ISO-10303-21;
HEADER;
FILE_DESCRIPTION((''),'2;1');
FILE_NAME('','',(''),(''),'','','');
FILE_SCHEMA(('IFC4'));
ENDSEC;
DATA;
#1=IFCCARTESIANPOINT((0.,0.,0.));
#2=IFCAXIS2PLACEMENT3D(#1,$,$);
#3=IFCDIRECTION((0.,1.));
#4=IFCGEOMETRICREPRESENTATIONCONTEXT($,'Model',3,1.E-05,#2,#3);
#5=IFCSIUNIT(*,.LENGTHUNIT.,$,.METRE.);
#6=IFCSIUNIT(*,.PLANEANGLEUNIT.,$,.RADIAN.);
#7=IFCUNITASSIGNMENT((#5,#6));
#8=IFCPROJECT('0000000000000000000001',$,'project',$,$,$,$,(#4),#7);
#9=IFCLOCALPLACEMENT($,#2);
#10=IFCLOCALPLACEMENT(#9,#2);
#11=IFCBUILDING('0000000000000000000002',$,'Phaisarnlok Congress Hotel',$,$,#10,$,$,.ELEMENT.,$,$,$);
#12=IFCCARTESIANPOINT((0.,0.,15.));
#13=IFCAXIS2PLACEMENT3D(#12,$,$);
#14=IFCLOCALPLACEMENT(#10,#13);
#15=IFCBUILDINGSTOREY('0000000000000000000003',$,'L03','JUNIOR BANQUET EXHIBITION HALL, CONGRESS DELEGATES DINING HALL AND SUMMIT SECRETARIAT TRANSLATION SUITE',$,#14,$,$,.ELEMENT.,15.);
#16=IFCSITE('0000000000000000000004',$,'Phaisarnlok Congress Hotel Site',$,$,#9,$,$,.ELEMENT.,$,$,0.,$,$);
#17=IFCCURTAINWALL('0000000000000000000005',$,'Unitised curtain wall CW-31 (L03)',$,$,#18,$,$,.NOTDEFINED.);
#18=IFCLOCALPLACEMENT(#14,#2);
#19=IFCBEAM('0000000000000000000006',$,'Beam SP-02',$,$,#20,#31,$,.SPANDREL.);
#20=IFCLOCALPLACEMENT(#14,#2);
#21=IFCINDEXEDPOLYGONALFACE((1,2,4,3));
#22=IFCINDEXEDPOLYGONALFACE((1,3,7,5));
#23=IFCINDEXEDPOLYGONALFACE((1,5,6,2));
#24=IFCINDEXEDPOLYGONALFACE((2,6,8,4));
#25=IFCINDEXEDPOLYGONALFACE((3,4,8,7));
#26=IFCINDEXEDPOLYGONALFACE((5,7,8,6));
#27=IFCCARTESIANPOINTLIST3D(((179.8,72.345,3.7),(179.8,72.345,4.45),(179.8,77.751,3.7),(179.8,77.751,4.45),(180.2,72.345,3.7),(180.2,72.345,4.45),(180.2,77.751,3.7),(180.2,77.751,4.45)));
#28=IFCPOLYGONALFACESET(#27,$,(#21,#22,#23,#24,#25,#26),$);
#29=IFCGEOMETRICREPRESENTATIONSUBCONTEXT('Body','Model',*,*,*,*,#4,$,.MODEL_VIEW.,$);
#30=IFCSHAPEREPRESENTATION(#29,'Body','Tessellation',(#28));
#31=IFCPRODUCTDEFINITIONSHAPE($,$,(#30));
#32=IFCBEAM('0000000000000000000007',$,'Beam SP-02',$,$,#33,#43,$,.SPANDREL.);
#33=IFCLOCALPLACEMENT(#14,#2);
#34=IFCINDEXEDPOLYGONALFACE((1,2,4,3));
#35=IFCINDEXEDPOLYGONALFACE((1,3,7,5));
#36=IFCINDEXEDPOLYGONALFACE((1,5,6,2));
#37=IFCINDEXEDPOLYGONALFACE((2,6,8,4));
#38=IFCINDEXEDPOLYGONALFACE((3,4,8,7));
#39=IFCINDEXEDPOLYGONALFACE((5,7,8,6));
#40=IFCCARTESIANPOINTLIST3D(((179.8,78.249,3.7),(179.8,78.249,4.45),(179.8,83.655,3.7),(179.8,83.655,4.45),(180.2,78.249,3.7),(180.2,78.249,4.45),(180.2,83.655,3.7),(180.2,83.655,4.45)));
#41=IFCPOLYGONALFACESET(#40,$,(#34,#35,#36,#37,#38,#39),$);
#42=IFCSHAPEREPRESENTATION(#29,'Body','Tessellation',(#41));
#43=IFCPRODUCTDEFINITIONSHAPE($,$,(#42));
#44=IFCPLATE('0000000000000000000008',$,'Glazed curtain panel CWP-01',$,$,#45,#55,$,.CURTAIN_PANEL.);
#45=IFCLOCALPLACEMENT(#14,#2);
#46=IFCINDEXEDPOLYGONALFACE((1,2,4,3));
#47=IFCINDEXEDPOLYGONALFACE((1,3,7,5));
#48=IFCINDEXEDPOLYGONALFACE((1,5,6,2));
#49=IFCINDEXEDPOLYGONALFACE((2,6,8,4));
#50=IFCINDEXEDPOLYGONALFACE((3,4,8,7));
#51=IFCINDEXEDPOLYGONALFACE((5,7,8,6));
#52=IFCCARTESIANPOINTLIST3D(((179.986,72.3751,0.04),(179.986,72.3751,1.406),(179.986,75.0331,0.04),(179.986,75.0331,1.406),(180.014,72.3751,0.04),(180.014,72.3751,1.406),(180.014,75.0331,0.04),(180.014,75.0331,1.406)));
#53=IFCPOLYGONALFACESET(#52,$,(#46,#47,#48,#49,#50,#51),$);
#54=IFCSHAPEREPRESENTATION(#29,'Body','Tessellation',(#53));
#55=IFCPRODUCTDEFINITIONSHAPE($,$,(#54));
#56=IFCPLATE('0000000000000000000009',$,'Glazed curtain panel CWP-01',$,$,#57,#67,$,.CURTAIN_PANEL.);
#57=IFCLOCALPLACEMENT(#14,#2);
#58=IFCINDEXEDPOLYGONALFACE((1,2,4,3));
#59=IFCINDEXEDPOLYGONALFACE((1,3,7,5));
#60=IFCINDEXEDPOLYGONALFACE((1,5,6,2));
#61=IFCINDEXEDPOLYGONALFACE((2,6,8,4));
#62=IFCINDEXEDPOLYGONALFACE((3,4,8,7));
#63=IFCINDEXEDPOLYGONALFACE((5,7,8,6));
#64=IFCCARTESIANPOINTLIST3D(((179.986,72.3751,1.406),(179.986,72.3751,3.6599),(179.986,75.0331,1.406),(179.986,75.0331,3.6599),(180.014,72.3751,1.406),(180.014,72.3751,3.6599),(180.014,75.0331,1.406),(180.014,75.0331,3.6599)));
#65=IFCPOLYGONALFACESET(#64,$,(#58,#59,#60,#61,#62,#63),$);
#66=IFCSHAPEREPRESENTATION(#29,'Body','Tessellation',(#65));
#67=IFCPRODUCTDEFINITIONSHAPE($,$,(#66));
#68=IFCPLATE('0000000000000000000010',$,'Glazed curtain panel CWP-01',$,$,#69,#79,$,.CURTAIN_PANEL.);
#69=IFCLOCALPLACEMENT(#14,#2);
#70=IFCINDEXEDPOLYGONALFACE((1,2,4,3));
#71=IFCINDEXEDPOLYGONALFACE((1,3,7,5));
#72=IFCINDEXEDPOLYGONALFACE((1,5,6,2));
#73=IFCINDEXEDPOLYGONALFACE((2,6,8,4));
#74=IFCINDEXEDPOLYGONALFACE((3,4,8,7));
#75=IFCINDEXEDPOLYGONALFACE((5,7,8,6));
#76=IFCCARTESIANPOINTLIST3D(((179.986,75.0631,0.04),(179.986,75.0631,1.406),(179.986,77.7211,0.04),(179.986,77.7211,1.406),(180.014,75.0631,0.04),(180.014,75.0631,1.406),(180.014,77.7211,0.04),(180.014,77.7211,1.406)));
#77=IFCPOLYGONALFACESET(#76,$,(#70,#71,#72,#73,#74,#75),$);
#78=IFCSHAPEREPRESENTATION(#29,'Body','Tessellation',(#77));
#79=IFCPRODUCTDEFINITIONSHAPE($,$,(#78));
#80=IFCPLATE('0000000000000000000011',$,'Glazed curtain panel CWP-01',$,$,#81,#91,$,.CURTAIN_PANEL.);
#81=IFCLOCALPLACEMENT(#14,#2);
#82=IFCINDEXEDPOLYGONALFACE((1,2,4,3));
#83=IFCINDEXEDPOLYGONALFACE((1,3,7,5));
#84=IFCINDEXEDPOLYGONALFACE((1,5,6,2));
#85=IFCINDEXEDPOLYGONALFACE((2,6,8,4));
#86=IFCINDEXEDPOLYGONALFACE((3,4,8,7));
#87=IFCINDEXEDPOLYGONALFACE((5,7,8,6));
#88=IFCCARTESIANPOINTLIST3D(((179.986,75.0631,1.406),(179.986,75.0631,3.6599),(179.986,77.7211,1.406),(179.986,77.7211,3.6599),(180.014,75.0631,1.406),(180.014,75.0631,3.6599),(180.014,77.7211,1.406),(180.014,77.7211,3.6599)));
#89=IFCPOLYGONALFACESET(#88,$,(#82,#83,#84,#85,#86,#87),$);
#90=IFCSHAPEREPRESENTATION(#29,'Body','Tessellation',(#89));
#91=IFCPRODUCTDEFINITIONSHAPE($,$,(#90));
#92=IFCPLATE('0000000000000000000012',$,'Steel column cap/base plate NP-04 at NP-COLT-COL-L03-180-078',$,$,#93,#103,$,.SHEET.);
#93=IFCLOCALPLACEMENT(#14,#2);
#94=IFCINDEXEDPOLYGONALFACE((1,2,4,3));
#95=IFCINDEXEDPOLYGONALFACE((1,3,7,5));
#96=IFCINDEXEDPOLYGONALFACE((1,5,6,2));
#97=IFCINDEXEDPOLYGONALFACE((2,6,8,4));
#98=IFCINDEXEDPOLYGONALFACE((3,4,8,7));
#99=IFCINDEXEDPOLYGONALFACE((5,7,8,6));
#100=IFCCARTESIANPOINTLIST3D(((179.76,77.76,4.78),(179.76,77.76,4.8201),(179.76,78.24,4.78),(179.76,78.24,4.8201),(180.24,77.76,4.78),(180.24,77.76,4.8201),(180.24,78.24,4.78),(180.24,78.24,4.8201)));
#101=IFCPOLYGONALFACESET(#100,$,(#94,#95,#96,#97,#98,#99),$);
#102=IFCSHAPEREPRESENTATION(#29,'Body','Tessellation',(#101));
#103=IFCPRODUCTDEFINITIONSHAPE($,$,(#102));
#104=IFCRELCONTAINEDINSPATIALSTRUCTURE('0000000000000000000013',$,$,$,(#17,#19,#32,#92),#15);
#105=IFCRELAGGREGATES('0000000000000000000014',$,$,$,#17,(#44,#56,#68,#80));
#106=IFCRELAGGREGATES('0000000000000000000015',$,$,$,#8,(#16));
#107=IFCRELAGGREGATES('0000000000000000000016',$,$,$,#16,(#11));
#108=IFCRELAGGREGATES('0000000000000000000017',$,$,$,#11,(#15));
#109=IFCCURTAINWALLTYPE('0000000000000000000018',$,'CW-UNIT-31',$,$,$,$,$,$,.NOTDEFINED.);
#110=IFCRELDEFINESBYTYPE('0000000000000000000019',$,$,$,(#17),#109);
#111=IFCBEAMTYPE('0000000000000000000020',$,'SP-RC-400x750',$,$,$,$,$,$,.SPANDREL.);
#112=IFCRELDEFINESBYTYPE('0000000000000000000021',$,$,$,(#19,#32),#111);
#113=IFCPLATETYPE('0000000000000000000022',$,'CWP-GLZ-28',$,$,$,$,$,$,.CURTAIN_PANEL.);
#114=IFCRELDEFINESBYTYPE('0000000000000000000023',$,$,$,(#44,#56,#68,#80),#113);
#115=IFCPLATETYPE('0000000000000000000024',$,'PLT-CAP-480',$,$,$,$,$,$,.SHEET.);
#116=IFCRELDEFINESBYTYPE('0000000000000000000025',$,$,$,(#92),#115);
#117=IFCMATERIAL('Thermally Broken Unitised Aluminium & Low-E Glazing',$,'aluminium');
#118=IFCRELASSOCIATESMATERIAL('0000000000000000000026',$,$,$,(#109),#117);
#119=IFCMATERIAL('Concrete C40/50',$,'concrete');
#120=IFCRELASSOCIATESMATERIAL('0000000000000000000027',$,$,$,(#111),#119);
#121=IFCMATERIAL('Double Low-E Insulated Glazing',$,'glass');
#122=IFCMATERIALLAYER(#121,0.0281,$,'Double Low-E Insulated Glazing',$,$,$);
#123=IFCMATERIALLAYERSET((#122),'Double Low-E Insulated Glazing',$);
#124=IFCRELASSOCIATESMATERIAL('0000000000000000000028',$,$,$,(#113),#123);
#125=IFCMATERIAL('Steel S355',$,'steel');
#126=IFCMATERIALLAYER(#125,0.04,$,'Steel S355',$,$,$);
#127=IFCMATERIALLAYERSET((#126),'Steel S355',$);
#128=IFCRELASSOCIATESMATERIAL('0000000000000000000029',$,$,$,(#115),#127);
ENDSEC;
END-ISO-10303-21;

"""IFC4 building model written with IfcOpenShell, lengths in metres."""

from ifc_helpers import new_model, si_unit, direction, frame, frame_2d, origin, origin_2d, place, context, subcontext, project, spatial, rectangle, extrude, material, layer, layer_set, material_profile, profile_set, type_object, element, aggregate, save


model = new_model("IFC4")

# Units and contexts
model_context = context("Model", 3, precision=1e-05, world=origin(), true_north=direction((0.0, 1.0)))
body_context = subcontext(model_context, "Body", "Model", "MODEL_VIEW")
ifc_project = project(units=[si_unit("LENGTHUNIT", "METRE"), si_unit("PLANEANGLEUNIT", "RADIAN")], contexts=[model_context])

# Site, building, storey
site_placement = place(None, origin())
site = spatial("IfcSite", under=ifc_project, at=site_placement, Name="Phaisarnlok Congress Hotel Site", CompositionType="ELEMENT", RefElevation=0.0)
building_placement = place(site_placement, origin())
building = spatial("IfcBuilding", under=site, at=building_placement, Name="Phaisarnlok Congress Hotel", CompositionType="ELEMENT")
storey_placement = place(building_placement, frame((0.0, 0.0, 15.0)))
storey = spatial("IfcBuildingStorey", under=building, at=storey_placement, Name="L03", Description="JUNIOR BANQUET EXHIBITION HALL, CONGRESS DELEGATES DINING HALL AND SUMMIT SECRETARIAT TRANSLATION SUITE", CompositionType="ELEMENT", Elevation=15.0)

# Shared definitions
ifc_material_1 = material(Name="Steel S355", Category="steel")

# Shared definitions
ifc_material_2 = material(Name="Concrete C40/50", Category="concrete")

# Curtain wall
ifc_material_3 = material(Name="Thermally Broken Unitised Aluminium & Low-E Glazing", Category="aluminium")
curtain_wall_type = type_object("IfcCurtainWallType", Name="CW-UNIT-31", PredefinedType="NOTDEFINED", material=ifc_material_3)
curtain_wall_placement = place(storey_placement, origin())
curtain_wall = element("IfcCurtainWall", 1, at=curtain_wall_placement, inside=storey, type_object=curtain_wall_type, Name="Unitised curtain wall CW-31 (L03)", PredefinedType="NOTDEFINED")

# Beams
ifc_material_profile_1 = material_profile(ifc_material_2, rectangle(XDim=0.3999, YDim=0.75, at=origin_2d()), Name="RC 400x750")
ifc_profile_set_1 = profile_set([ifc_material_profile_1], Name="Concrete C40/50")
beam_type_1 = type_object("IfcBeamType", Name="SP-RC-400x750", PredefinedType="SPANDREL", material=ifc_profile_set_1)
for number, where, z_axis, x_axis, name in (
    (2, (180.0, 72.345, 4.075), (0.0, 1.0, 0.0), (-1.0, 0.0, 0.0), "Beam SP-02"),
    (3, (180.0, 78.249, 4.075), (0.0, 1.0, 0.0), (-1.0, 0.0, 0.0), "Beam SP-02"),
):
    element("IfcBeam", number, at=place(storey_placement, frame(where, z_axis=z_axis, x_axis=x_axis)), inside=storey, type_object=beam_type_1, Name=name, PredefinedType="SPANDREL", context=body_context, shape_type="SweptSolid", body=[
        extrude(rectangle(XDim=0.3999, YDim=0.75, at=origin_2d()), origin(), (0.0, 0.0, 1.0), 5.406),
    ])

# Plates
ifc_material_4 = material(Name="Double Low-E Insulated Glazing", Category="glass")
ifc_layer_1 = layer(ifc_material_4, 0.0281, Name="Double Low-E Insulated Glazing")
ifc_layer_set_1 = layer_set([ifc_layer_1], Name="Double Low-E Insulated Glazing")
plate_type_1 = type_object("IfcPlateType", Name="CWP-GLZ-28", PredefinedType="CURTAIN_PANEL", material=ifc_layer_set_1)
plate_1_placement = place(storey_placement, frame((180.0, 72.375, 0.04), z_axis=(0.0, 0.0, 1.0), x_axis=(0.0, 1.0, 0.0)))
plate_1 = element("IfcPlate", 4, at=plate_1_placement, type_object=plate_type_1, Name="Glazed curtain panel CWP-01", PredefinedType="CURTAIN_PANEL", context=body_context, shape_type="SweptSolid", body=[
    extrude(rectangle(XDim=2.658, YDim=0.0281, at=frame_2d((1.3291, 0.0))), origin(), (0.0, 0.0, 1.0), 1.366),
])
plate_2_placement = place(storey_placement, frame((180.0, 72.375, 1.406), z_axis=(0.0, 0.0, 1.0), x_axis=(0.0, 1.0, 0.0)))
plate_2 = element("IfcPlate", 5, at=plate_2_placement, type_object=plate_type_1, Name="Glazed curtain panel CWP-01", PredefinedType="CURTAIN_PANEL", context=body_context, shape_type="SweptSolid", body=[
    extrude(rectangle(XDim=2.658, YDim=0.0281, at=frame_2d((1.3291, 0.0))), origin(), (0.0, 0.0, 1.0), 2.2539),
])
plate_3_placement = place(storey_placement, frame((180.0, 75.063, 0.04), z_axis=(0.0, 0.0, 1.0), x_axis=(0.0, 1.0, 0.0)))
plate_3 = element("IfcPlate", 6, at=plate_3_placement, type_object=plate_type_1, Name="Glazed curtain panel CWP-01", PredefinedType="CURTAIN_PANEL", context=body_context, shape_type="SweptSolid", body=[
    extrude(rectangle(XDim=2.658, YDim=0.0281, at=frame_2d((1.3291, 0.0))), origin(), (0.0, 0.0, 1.0), 1.366),
])
plate_4_placement = place(storey_placement, frame((180.0, 75.063, 1.406), z_axis=(0.0, 0.0, 1.0), x_axis=(0.0, 1.0, 0.0)))
plate_4 = element("IfcPlate", 7, at=plate_4_placement, type_object=plate_type_1, Name="Glazed curtain panel CWP-01", PredefinedType="CURTAIN_PANEL", context=body_context, shape_type="SweptSolid", body=[
    extrude(rectangle(XDim=2.658, YDim=0.0281, at=frame_2d((1.3291, 0.0))), origin(), (0.0, 0.0, 1.0), 2.2539),
])
aggregate(curtain_wall, [plate_1, plate_2, plate_3, plate_4])
ifc_layer_2 = layer(ifc_material_1, 0.04, Name="Steel S355")
ifc_layer_set_2 = layer_set([ifc_layer_2], Name="Steel S355")
plate_type_2 = type_object("IfcPlateType", Name="PLT-CAP-480", PredefinedType="SHEET", material=ifc_layer_set_2)
plate_5_placement = place(storey_placement, frame((180.0, 78.0, 4.78), z_axis=(0.0, 0.0, 1.0), x_axis=(1.0, 0.0, 0.0)))
element("IfcPlate", 8, at=plate_5_placement, inside=storey, type_object=plate_type_2, Name="Steel column cap/base plate NP-04 at NP-COLT-COL-L03-180-078", PredefinedType="SHEET", context=body_context, shape_type="SweptSolid", body=[
    extrude(rectangle(XDim=0.48, YDim=0.48, at=origin_2d()), origin(), (0.0, 0.0, 1.0), 0.04),
])

save(model, "model.ifc")
